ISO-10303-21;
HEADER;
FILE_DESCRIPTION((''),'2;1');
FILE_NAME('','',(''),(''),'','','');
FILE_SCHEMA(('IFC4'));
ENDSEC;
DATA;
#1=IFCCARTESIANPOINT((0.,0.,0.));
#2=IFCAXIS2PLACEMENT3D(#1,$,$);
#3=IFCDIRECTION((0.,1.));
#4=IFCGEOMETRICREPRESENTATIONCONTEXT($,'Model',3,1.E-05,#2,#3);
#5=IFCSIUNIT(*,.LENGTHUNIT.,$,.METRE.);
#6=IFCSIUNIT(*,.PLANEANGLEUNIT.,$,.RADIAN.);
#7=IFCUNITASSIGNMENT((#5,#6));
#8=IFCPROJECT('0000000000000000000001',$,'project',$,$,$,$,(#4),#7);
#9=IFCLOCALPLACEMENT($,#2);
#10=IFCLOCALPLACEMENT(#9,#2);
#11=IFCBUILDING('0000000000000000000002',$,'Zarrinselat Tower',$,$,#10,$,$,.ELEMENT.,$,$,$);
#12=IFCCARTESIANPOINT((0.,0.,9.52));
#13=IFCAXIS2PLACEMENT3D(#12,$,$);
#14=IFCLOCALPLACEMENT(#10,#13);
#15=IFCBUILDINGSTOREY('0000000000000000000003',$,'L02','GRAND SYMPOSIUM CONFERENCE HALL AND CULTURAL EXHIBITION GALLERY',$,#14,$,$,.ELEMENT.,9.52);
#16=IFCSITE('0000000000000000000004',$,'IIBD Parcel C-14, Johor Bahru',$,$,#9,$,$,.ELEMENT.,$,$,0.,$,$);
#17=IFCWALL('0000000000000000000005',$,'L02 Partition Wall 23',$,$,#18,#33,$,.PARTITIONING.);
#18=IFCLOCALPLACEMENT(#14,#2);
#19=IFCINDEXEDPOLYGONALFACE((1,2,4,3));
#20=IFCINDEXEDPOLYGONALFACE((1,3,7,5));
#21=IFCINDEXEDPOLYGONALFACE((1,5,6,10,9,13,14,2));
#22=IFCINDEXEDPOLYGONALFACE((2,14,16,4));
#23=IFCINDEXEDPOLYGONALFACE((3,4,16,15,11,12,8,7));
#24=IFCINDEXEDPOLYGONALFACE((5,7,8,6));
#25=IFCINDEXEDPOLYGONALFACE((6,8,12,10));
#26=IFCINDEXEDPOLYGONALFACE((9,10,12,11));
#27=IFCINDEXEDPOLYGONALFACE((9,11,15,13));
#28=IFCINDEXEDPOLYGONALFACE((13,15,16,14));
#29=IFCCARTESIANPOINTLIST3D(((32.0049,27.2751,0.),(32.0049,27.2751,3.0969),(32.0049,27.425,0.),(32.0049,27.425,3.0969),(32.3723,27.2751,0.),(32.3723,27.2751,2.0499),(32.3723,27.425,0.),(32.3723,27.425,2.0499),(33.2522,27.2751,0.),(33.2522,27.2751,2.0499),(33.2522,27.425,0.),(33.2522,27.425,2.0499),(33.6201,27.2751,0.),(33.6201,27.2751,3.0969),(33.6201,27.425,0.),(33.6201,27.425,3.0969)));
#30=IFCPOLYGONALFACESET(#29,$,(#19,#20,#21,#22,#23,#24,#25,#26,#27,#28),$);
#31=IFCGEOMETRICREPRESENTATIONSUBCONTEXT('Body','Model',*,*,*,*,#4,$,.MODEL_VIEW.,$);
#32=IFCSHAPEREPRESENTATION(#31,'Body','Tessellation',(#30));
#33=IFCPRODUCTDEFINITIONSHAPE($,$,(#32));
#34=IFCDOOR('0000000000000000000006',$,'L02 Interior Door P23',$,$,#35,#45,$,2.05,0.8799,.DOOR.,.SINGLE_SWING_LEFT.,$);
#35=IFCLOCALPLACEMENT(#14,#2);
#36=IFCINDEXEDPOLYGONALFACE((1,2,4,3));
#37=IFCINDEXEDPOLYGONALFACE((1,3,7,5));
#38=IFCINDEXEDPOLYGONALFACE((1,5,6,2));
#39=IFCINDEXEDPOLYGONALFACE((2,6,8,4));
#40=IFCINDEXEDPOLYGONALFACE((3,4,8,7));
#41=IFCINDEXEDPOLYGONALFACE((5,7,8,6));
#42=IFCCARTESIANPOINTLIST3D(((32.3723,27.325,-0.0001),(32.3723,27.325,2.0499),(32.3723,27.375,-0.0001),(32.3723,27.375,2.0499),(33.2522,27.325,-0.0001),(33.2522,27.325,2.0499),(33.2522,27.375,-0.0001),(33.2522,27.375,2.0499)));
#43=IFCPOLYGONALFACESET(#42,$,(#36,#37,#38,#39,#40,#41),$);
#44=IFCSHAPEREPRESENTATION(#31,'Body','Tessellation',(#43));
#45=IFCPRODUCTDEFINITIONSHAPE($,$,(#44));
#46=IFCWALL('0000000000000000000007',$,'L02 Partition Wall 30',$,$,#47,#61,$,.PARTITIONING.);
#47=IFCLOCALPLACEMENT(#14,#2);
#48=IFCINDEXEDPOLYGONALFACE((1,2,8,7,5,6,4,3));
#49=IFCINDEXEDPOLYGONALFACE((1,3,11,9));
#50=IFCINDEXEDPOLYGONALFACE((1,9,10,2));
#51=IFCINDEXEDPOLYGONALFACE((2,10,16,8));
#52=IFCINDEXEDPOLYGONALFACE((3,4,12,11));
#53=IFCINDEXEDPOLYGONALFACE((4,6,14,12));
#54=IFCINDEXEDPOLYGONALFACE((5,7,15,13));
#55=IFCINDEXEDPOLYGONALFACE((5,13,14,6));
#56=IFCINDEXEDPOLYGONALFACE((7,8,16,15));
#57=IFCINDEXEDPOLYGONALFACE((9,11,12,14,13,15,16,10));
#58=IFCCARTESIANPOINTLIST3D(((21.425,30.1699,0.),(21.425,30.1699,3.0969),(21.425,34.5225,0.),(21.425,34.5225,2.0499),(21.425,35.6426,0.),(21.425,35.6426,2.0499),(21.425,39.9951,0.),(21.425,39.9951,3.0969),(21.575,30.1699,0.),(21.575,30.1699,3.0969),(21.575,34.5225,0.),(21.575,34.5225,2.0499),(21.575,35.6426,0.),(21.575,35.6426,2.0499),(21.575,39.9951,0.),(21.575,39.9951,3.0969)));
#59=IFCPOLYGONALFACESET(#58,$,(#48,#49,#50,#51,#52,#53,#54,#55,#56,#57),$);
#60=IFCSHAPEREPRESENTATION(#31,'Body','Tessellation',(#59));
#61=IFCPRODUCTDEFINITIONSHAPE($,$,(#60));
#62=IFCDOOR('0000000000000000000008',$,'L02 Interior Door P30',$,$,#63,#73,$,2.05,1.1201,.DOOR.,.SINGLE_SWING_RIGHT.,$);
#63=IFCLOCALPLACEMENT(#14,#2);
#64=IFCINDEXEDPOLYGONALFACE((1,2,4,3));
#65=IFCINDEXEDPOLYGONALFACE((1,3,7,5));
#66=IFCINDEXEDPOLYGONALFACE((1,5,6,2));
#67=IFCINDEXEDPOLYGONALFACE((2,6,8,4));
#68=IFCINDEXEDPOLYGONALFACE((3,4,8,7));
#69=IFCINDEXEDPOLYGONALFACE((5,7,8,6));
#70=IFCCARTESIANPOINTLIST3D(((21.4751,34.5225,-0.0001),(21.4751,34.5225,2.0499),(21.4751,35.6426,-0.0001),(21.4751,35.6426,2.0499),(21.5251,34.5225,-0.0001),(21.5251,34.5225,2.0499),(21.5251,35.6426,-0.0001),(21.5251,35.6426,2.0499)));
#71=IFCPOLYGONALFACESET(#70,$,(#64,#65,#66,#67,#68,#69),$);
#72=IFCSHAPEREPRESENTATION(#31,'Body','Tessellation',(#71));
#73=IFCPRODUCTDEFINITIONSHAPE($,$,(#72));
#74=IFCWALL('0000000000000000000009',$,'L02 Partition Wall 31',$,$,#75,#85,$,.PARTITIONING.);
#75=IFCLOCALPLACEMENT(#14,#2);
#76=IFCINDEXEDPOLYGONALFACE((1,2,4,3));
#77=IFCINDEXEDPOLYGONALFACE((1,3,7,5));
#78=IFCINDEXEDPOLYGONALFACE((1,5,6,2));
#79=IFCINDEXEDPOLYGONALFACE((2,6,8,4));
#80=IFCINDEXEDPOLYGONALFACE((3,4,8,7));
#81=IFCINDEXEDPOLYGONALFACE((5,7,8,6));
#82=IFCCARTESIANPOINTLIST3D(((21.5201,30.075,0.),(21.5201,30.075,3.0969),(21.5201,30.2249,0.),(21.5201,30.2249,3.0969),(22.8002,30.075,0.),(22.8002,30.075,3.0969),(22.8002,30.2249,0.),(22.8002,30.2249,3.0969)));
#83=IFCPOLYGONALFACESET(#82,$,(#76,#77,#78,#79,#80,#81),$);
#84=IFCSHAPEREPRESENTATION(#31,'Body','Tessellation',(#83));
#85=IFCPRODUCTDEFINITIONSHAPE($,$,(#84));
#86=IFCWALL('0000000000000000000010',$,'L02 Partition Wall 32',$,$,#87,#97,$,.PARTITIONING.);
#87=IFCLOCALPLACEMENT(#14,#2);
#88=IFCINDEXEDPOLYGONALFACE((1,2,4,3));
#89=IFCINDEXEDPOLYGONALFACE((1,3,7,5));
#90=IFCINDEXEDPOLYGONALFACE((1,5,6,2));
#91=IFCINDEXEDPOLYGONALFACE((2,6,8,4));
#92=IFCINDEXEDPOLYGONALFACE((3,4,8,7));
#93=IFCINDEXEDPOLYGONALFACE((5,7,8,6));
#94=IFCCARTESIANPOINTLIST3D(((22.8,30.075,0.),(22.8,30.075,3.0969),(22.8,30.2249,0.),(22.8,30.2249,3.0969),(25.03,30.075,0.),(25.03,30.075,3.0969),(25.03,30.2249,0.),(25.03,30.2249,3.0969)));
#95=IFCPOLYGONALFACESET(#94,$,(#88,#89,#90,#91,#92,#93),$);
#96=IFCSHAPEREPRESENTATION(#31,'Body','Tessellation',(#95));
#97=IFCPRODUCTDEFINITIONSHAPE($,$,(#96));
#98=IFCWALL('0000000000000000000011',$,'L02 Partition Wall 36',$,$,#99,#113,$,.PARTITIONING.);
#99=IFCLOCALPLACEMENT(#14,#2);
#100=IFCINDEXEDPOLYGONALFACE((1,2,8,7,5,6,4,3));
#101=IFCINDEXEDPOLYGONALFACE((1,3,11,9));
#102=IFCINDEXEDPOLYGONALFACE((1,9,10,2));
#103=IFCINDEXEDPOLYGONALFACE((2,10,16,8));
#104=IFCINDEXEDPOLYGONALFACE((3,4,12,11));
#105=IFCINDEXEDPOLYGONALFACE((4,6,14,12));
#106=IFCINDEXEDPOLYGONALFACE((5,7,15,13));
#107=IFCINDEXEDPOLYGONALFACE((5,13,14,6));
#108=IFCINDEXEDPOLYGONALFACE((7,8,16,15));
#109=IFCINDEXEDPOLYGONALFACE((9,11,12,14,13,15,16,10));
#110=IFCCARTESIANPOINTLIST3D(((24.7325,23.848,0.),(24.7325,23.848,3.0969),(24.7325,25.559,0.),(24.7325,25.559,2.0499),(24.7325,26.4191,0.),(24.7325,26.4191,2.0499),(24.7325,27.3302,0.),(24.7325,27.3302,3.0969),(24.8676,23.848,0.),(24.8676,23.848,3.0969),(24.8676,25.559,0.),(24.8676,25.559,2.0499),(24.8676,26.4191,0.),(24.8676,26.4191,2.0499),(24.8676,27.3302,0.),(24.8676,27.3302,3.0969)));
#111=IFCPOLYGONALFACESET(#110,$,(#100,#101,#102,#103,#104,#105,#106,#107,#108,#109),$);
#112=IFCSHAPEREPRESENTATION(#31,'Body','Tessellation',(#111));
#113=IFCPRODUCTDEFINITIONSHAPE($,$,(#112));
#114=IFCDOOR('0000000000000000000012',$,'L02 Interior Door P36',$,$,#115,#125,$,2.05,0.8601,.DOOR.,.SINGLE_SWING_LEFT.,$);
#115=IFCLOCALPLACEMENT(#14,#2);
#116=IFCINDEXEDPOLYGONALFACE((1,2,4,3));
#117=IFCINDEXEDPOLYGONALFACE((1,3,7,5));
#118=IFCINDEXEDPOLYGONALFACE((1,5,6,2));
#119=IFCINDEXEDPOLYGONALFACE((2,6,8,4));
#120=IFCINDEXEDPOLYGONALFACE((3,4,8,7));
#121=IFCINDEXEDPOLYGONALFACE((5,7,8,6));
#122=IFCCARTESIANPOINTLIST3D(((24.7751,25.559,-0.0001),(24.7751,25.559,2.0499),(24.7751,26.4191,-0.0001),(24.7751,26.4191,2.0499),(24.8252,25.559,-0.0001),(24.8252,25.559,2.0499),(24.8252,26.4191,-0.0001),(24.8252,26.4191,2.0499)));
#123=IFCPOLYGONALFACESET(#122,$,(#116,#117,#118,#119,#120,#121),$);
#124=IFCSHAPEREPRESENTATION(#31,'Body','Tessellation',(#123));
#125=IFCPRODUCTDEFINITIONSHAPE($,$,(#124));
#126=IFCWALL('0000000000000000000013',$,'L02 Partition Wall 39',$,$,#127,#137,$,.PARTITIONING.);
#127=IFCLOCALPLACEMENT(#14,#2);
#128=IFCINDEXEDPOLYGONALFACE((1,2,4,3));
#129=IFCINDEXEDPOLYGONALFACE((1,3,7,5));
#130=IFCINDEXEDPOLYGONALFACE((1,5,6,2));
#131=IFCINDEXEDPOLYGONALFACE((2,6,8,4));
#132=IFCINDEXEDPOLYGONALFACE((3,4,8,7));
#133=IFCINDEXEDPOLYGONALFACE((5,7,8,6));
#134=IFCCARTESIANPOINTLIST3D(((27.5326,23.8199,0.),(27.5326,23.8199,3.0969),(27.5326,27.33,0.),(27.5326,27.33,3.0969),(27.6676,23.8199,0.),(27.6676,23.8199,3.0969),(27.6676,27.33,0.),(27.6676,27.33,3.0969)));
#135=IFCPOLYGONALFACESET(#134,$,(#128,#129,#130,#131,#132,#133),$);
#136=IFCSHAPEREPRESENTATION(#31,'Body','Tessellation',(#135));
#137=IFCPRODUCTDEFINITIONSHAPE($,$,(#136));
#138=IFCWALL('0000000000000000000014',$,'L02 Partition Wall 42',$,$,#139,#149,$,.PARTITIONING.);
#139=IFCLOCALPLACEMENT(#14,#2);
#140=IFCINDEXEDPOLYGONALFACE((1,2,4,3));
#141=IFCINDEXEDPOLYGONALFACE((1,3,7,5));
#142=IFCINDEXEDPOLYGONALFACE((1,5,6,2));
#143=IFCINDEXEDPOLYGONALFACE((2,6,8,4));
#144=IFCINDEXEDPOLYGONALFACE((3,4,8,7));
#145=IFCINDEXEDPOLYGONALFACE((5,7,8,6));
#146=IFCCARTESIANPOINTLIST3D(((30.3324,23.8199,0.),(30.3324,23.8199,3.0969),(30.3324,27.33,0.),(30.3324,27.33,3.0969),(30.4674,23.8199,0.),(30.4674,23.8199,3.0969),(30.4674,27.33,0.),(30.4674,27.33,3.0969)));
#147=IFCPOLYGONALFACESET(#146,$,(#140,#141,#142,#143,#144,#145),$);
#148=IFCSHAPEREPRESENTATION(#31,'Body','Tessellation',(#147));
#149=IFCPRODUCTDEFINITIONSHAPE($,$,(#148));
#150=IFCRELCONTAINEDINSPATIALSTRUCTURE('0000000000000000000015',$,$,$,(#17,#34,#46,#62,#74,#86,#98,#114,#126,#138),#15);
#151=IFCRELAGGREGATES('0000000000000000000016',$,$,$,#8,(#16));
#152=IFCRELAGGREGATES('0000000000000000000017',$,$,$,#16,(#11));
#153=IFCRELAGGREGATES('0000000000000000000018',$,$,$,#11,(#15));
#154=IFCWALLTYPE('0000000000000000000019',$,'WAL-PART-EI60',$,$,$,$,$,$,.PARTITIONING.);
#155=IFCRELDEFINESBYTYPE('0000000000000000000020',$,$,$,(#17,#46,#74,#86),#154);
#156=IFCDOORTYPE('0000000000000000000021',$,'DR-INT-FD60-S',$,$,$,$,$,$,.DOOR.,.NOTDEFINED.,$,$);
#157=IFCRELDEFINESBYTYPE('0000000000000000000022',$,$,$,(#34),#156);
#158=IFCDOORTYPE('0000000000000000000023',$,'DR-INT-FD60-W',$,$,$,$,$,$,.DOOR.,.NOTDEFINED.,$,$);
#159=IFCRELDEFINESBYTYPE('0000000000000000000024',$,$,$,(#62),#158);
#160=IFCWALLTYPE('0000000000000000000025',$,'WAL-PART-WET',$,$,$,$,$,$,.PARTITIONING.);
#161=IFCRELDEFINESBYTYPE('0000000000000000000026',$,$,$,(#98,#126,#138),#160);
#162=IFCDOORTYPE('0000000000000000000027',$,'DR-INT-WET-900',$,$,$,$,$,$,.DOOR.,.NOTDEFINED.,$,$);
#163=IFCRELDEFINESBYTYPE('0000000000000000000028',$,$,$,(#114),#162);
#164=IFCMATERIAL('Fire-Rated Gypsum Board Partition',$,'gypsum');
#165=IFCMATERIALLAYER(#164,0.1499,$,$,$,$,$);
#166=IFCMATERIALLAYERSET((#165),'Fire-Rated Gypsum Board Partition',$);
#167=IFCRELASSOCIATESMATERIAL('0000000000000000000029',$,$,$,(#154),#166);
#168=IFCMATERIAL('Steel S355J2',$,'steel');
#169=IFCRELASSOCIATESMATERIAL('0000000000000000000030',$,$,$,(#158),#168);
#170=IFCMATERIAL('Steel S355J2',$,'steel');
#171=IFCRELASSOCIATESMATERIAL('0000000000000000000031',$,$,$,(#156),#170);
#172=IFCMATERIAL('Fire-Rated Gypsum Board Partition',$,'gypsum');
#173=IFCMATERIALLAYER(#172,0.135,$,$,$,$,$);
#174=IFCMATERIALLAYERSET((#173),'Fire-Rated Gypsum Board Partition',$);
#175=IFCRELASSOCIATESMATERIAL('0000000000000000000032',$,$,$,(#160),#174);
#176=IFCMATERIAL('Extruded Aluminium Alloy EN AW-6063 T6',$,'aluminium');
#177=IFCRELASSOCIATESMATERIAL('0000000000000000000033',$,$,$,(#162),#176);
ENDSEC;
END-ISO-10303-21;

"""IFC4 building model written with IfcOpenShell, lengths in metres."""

from ifc_helpers import new_model, si_unit, direction, frame, frame_2d, origin, place, context, subcontext, project, spatial, rectangle, extrude, material, layer, layer_set, type_object, element, fill, save


model = new_model("IFC4")

# Units and contexts
model_context = context("Model", 3, precision=1e-05, world=origin(), true_north=direction((0.0, 1.0)))
body_context = subcontext(model_context, "Body", "Model", "MODEL_VIEW")
ifc_project = project(units=[si_unit("LENGTHUNIT", "METRE"), si_unit("PLANEANGLEUNIT", "RADIAN")], contexts=[model_context])

# Site, building, storey
site_placement = place(None, origin())
site = spatial("IfcSite", under=ifc_project, at=site_placement, Name="IIBD Parcel C-14, Johor Bahru", CompositionType="ELEMENT", RefElevation=0.0)
building_placement = place(site_placement, origin())
building = spatial("IfcBuilding", under=site, at=building_placement, Name="Zarrinselat Tower", CompositionType="ELEMENT")
storey_placement = place(building_placement, frame((0.0, 0.0, 9.52)))
storey = spatial("IfcBuildingStorey", under=building, at=storey_placement, Name="L02", Description="GRAND SYMPOSIUM CONFERENCE HALL AND CULTURAL EXHIBITION GALLERY", CompositionType="ELEMENT", Elevation=9.52)

# Shared definitions
ifc_material_1 = material(Name="Fire-Rated Gypsum Board Partition", Category="gypsum")
ifc_layer_1 = layer(ifc_material_1, 0.1499)
ifc_layer_set_1 = layer_set([ifc_layer_1], Name="Fire-Rated Gypsum Board Partition")
wall_type_1 = type_object("IfcWallType", Name="WAL-PART-EI60", PredefinedType="PARTITIONING", material=ifc_layer_set_1)
ifc_material_2 = material(Name="Steel S355J2", Category="steel")
door_type_1 = type_object("IfcDoorType", Name="DR-INT-FD60-W", OperationType="NOTDEFINED", PredefinedType="DOOR", material=ifc_material_2)

# Walls, openings, doors
wall_1_placement = place(storey_placement, frame((32.0049, 27.3501, 0.0), z_axis=(0.0, 0.0, 1.0), x_axis=(1.0, 0.0, 0.0)))
wall_1 = element("IfcWall", 1, at=wall_1_placement, inside=storey, type_object=wall_type_1, Name="L02 Partition Wall 23", PredefinedType="PARTITIONING", context=body_context, shape_type="SweptSolid", body=[
    extrude(rectangle(XDim=1.6152, YDim=0.1499, at=frame_2d((0.8076, 0.0))), origin(), (0.0, 0.0, 1.0), 3.0969),
])
opening_1_placement = place(wall_1_placement, frame((0.3674, 0.0, 0.0)))
opening_1 = element("IfcOpeningElement", 2, at=opening_1_placement, cuts=wall_1, PredefinedType="OPENING", context=body_context, shape_type="SweptSolid", body=[
    extrude(rectangle(XDim=0.8799, YDim=2.05, at=frame_2d((0.4399, 1.0249))), frame((0.0, 0.085, 0.0), z_axis=(0.0, -1.0, 0.0), x_axis=(1.0, 0.0, 0.0)), (0.0, 0.0, 1.0), 0.1699),
])
ifc_material_3 = material(Name="Steel S355J2", Category="steel")
door_type_2 = type_object("IfcDoorType", Name="DR-INT-FD60-S", OperationType="NOTDEFINED", PredefinedType="DOOR", material=ifc_material_3)
door_1_placement = place(opening_1_placement, origin())
door_1 = element("IfcDoor", 3, at=door_1_placement, inside=storey, type_object=door_type_2, Name="L02 Interior Door P23", OperationType="SINGLE_SWING_LEFT", OverallHeight=2.05, OverallWidth=0.8799, PredefinedType="DOOR", context=body_context, shape_type="SweptSolid", body=[
    extrude(rectangle(XDim=0.8799, YDim=2.05, at=frame_2d((0.4399, 1.0249))), frame((0.0, 0.0249, 0.0), z_axis=(0.0, -1.0, 0.0), x_axis=(1.0, 0.0, 0.0)), (0.0, 0.0, 1.0), 0.05),
])
fill(opening_1, door_1)
wall_2_placement = place(storey_placement, frame((21.5, 30.1699, 0.0), z_axis=(0.0, 0.0, 1.0), x_axis=(0.0, 1.0, 0.0)))
wall_2 = element("IfcWall", 4, at=wall_2_placement, inside=storey, type_object=wall_type_1, Name="L02 Partition Wall 30", PredefinedType="PARTITIONING", context=body_context, shape_type="SweptSolid", body=[
    extrude(rectangle(XDim=9.8252, YDim=0.1499, at=frame_2d((4.9126, 0.0))), origin(), (0.0, 0.0, 1.0), 3.0969),
])
opening_2_placement = place(wall_2_placement, frame((4.3525, 0.0, 0.0)))
opening_2 = element("IfcOpeningElement", 5, at=opening_2_placement, cuts=wall_2, PredefinedType="OPENING", context=body_context, shape_type="SweptSolid", body=[
    extrude(rectangle(XDim=1.1201, YDim=2.05, at=frame_2d((0.5601, 1.0249))), frame((0.0, 0.085, 0.0), z_axis=(0.0, -1.0, 0.0), x_axis=(1.0, 0.0, 0.0)), (0.0, 0.0, 1.0), 0.1699),
])
door_2_placement = place(opening_2_placement, origin())
door_2 = element("IfcDoor", 6, at=door_2_placement, inside=storey, type_object=door_type_1, Name="L02 Interior Door P30", OperationType="SINGLE_SWING_RIGHT", OverallHeight=2.05, OverallWidth=1.1201, PredefinedType="DOOR", context=body_context, shape_type="SweptSolid", body=[
    extrude(rectangle(XDim=1.1201, YDim=2.05, at=frame_2d((0.5601, 1.0249))), frame((0.0, 0.0249, 0.0), z_axis=(0.0, -1.0, 0.0), x_axis=(1.0, 0.0, 0.0)), (0.0, 0.0, 1.0), 0.05),
])
fill(opening_2, door_2)

# Walls
wall_3_placement = place(storey_placement, frame((21.52, 30.1499, 0.0), z_axis=(0.0, 0.0, 1.0), x_axis=(1.0, 0.0, 0.0)))
element("IfcWall", 7, at=wall_3_placement, inside=storey, type_object=wall_type_1, Name="L02 Partition Wall 31", PredefinedType="PARTITIONING", context=body_context, shape_type="SweptSolid", body=[
    extrude(rectangle(XDim=1.28, YDim=0.1499, at=frame_2d((0.6401, 0.0))), origin(), (0.0, 0.0, 1.0), 3.0969),
])
wall_4_placement = place(storey_placement, frame((22.8, 30.1499, 0.0), z_axis=(0.0, 0.0, 1.0), x_axis=(1.0, 0.0, 0.0)))
element("IfcWall", 8, at=wall_4_placement, inside=storey, type_object=wall_type_1, Name="L02 Partition Wall 32", PredefinedType="PARTITIONING", context=body_context, shape_type="SweptSolid", body=[
    extrude(rectangle(XDim=2.23, YDim=0.1499, at=frame_2d((1.115, 0.0))), origin(), (0.0, 0.0, 1.0), 3.0969),
])

# Wall, opening, door
ifc_material_4 = material(Name="Fire-Rated Gypsum Board Partition", Category="gypsum")
ifc_layer_2 = layer(ifc_material_4, 0.135)
ifc_layer_set_2 = layer_set([ifc_layer_2], Name="Fire-Rated Gypsum Board Partition")
wall_type_2 = type_object("IfcWallType", Name="WAL-PART-WET", PredefinedType="PARTITIONING", material=ifc_layer_set_2)
wall_5_placement = place(storey_placement, frame((24.8, 23.8479, 0.0), z_axis=(0.0, 0.0, 1.0), x_axis=(0.0, 1.0, 0.0)))
wall_5 = element("IfcWall", 9, at=wall_5_placement, inside=storey, type_object=wall_type_2, Name="L02 Partition Wall 36", PredefinedType="PARTITIONING", context=body_context, shape_type="SweptSolid", body=[
    extrude(rectangle(XDim=3.4822, YDim=0.135, at=frame_2d((1.7412, 0.0))), origin(), (0.0, 0.0, 1.0), 3.0969),
])
opening_3_placement = place(wall_5_placement, frame((1.7109, 0.0, 0.0)))
opening_3 = element("IfcOpeningElement", 10, at=opening_3_placement, cuts=wall_5, PredefinedType="OPENING", context=body_context, shape_type="SweptSolid", body=[
    extrude(rectangle(XDim=0.8601, YDim=2.05, at=frame_2d((0.4302, 1.0249))), frame((0.0, 0.0774, 0.0), z_axis=(0.0, -1.0, 0.0), x_axis=(1.0, 0.0, 0.0)), (0.0, 0.0, 1.0), 0.155),
])
ifc_material_5 = material(Name="Extruded Aluminium Alloy EN AW-6063 T6", Category="aluminium")
door_type_3 = type_object("IfcDoorType", Name="DR-INT-WET-900", OperationType="NOTDEFINED", PredefinedType="DOOR", material=ifc_material_5)
door_3_placement = place(opening_3_placement, origin())
door_3 = element("IfcDoor", 11, at=door_3_placement, inside=storey, type_object=door_type_3, Name="L02 Interior Door P36", OperationType="SINGLE_SWING_LEFT", OverallHeight=2.05, OverallWidth=0.8601, PredefinedType="DOOR", context=body_context, shape_type="SweptSolid", body=[
    extrude(rectangle(XDim=0.8601, YDim=2.05, at=frame_2d((0.4302, 1.0249))), frame((0.0, 0.0249, 0.0), z_axis=(0.0, -1.0, 0.0), x_axis=(1.0, 0.0, 0.0)), (0.0, 0.0, 1.0), 0.05),
])
fill(opening_3, door_3)

# Walls
for number, where, z_axis, x_axis, name in (
    (12, (27.6001, 23.8201, 0.0), (0.0, 0.0, 1.0), (0.0, 1.0, 0.0), "L02 Partition Wall 39"),
    (13, (30.3999, 23.8201, 0.0), (0.0, 0.0, 1.0), (0.0, 1.0, 0.0), "L02 Partition Wall 42"),
):
    element("IfcWall", number, at=place(storey_placement, frame(where, z_axis=z_axis, x_axis=x_axis)), inside=storey, type_object=wall_type_2, Name=name, PredefinedType="PARTITIONING", context=body_context, shape_type="SweptSolid", body=[
        extrude(rectangle(XDim=3.51, YDim=0.135, at=frame_2d((1.7549, 0.0))), origin(), (0.0, 0.0, 1.0), 3.0969),
    ])

save(model, "model.ifc")
